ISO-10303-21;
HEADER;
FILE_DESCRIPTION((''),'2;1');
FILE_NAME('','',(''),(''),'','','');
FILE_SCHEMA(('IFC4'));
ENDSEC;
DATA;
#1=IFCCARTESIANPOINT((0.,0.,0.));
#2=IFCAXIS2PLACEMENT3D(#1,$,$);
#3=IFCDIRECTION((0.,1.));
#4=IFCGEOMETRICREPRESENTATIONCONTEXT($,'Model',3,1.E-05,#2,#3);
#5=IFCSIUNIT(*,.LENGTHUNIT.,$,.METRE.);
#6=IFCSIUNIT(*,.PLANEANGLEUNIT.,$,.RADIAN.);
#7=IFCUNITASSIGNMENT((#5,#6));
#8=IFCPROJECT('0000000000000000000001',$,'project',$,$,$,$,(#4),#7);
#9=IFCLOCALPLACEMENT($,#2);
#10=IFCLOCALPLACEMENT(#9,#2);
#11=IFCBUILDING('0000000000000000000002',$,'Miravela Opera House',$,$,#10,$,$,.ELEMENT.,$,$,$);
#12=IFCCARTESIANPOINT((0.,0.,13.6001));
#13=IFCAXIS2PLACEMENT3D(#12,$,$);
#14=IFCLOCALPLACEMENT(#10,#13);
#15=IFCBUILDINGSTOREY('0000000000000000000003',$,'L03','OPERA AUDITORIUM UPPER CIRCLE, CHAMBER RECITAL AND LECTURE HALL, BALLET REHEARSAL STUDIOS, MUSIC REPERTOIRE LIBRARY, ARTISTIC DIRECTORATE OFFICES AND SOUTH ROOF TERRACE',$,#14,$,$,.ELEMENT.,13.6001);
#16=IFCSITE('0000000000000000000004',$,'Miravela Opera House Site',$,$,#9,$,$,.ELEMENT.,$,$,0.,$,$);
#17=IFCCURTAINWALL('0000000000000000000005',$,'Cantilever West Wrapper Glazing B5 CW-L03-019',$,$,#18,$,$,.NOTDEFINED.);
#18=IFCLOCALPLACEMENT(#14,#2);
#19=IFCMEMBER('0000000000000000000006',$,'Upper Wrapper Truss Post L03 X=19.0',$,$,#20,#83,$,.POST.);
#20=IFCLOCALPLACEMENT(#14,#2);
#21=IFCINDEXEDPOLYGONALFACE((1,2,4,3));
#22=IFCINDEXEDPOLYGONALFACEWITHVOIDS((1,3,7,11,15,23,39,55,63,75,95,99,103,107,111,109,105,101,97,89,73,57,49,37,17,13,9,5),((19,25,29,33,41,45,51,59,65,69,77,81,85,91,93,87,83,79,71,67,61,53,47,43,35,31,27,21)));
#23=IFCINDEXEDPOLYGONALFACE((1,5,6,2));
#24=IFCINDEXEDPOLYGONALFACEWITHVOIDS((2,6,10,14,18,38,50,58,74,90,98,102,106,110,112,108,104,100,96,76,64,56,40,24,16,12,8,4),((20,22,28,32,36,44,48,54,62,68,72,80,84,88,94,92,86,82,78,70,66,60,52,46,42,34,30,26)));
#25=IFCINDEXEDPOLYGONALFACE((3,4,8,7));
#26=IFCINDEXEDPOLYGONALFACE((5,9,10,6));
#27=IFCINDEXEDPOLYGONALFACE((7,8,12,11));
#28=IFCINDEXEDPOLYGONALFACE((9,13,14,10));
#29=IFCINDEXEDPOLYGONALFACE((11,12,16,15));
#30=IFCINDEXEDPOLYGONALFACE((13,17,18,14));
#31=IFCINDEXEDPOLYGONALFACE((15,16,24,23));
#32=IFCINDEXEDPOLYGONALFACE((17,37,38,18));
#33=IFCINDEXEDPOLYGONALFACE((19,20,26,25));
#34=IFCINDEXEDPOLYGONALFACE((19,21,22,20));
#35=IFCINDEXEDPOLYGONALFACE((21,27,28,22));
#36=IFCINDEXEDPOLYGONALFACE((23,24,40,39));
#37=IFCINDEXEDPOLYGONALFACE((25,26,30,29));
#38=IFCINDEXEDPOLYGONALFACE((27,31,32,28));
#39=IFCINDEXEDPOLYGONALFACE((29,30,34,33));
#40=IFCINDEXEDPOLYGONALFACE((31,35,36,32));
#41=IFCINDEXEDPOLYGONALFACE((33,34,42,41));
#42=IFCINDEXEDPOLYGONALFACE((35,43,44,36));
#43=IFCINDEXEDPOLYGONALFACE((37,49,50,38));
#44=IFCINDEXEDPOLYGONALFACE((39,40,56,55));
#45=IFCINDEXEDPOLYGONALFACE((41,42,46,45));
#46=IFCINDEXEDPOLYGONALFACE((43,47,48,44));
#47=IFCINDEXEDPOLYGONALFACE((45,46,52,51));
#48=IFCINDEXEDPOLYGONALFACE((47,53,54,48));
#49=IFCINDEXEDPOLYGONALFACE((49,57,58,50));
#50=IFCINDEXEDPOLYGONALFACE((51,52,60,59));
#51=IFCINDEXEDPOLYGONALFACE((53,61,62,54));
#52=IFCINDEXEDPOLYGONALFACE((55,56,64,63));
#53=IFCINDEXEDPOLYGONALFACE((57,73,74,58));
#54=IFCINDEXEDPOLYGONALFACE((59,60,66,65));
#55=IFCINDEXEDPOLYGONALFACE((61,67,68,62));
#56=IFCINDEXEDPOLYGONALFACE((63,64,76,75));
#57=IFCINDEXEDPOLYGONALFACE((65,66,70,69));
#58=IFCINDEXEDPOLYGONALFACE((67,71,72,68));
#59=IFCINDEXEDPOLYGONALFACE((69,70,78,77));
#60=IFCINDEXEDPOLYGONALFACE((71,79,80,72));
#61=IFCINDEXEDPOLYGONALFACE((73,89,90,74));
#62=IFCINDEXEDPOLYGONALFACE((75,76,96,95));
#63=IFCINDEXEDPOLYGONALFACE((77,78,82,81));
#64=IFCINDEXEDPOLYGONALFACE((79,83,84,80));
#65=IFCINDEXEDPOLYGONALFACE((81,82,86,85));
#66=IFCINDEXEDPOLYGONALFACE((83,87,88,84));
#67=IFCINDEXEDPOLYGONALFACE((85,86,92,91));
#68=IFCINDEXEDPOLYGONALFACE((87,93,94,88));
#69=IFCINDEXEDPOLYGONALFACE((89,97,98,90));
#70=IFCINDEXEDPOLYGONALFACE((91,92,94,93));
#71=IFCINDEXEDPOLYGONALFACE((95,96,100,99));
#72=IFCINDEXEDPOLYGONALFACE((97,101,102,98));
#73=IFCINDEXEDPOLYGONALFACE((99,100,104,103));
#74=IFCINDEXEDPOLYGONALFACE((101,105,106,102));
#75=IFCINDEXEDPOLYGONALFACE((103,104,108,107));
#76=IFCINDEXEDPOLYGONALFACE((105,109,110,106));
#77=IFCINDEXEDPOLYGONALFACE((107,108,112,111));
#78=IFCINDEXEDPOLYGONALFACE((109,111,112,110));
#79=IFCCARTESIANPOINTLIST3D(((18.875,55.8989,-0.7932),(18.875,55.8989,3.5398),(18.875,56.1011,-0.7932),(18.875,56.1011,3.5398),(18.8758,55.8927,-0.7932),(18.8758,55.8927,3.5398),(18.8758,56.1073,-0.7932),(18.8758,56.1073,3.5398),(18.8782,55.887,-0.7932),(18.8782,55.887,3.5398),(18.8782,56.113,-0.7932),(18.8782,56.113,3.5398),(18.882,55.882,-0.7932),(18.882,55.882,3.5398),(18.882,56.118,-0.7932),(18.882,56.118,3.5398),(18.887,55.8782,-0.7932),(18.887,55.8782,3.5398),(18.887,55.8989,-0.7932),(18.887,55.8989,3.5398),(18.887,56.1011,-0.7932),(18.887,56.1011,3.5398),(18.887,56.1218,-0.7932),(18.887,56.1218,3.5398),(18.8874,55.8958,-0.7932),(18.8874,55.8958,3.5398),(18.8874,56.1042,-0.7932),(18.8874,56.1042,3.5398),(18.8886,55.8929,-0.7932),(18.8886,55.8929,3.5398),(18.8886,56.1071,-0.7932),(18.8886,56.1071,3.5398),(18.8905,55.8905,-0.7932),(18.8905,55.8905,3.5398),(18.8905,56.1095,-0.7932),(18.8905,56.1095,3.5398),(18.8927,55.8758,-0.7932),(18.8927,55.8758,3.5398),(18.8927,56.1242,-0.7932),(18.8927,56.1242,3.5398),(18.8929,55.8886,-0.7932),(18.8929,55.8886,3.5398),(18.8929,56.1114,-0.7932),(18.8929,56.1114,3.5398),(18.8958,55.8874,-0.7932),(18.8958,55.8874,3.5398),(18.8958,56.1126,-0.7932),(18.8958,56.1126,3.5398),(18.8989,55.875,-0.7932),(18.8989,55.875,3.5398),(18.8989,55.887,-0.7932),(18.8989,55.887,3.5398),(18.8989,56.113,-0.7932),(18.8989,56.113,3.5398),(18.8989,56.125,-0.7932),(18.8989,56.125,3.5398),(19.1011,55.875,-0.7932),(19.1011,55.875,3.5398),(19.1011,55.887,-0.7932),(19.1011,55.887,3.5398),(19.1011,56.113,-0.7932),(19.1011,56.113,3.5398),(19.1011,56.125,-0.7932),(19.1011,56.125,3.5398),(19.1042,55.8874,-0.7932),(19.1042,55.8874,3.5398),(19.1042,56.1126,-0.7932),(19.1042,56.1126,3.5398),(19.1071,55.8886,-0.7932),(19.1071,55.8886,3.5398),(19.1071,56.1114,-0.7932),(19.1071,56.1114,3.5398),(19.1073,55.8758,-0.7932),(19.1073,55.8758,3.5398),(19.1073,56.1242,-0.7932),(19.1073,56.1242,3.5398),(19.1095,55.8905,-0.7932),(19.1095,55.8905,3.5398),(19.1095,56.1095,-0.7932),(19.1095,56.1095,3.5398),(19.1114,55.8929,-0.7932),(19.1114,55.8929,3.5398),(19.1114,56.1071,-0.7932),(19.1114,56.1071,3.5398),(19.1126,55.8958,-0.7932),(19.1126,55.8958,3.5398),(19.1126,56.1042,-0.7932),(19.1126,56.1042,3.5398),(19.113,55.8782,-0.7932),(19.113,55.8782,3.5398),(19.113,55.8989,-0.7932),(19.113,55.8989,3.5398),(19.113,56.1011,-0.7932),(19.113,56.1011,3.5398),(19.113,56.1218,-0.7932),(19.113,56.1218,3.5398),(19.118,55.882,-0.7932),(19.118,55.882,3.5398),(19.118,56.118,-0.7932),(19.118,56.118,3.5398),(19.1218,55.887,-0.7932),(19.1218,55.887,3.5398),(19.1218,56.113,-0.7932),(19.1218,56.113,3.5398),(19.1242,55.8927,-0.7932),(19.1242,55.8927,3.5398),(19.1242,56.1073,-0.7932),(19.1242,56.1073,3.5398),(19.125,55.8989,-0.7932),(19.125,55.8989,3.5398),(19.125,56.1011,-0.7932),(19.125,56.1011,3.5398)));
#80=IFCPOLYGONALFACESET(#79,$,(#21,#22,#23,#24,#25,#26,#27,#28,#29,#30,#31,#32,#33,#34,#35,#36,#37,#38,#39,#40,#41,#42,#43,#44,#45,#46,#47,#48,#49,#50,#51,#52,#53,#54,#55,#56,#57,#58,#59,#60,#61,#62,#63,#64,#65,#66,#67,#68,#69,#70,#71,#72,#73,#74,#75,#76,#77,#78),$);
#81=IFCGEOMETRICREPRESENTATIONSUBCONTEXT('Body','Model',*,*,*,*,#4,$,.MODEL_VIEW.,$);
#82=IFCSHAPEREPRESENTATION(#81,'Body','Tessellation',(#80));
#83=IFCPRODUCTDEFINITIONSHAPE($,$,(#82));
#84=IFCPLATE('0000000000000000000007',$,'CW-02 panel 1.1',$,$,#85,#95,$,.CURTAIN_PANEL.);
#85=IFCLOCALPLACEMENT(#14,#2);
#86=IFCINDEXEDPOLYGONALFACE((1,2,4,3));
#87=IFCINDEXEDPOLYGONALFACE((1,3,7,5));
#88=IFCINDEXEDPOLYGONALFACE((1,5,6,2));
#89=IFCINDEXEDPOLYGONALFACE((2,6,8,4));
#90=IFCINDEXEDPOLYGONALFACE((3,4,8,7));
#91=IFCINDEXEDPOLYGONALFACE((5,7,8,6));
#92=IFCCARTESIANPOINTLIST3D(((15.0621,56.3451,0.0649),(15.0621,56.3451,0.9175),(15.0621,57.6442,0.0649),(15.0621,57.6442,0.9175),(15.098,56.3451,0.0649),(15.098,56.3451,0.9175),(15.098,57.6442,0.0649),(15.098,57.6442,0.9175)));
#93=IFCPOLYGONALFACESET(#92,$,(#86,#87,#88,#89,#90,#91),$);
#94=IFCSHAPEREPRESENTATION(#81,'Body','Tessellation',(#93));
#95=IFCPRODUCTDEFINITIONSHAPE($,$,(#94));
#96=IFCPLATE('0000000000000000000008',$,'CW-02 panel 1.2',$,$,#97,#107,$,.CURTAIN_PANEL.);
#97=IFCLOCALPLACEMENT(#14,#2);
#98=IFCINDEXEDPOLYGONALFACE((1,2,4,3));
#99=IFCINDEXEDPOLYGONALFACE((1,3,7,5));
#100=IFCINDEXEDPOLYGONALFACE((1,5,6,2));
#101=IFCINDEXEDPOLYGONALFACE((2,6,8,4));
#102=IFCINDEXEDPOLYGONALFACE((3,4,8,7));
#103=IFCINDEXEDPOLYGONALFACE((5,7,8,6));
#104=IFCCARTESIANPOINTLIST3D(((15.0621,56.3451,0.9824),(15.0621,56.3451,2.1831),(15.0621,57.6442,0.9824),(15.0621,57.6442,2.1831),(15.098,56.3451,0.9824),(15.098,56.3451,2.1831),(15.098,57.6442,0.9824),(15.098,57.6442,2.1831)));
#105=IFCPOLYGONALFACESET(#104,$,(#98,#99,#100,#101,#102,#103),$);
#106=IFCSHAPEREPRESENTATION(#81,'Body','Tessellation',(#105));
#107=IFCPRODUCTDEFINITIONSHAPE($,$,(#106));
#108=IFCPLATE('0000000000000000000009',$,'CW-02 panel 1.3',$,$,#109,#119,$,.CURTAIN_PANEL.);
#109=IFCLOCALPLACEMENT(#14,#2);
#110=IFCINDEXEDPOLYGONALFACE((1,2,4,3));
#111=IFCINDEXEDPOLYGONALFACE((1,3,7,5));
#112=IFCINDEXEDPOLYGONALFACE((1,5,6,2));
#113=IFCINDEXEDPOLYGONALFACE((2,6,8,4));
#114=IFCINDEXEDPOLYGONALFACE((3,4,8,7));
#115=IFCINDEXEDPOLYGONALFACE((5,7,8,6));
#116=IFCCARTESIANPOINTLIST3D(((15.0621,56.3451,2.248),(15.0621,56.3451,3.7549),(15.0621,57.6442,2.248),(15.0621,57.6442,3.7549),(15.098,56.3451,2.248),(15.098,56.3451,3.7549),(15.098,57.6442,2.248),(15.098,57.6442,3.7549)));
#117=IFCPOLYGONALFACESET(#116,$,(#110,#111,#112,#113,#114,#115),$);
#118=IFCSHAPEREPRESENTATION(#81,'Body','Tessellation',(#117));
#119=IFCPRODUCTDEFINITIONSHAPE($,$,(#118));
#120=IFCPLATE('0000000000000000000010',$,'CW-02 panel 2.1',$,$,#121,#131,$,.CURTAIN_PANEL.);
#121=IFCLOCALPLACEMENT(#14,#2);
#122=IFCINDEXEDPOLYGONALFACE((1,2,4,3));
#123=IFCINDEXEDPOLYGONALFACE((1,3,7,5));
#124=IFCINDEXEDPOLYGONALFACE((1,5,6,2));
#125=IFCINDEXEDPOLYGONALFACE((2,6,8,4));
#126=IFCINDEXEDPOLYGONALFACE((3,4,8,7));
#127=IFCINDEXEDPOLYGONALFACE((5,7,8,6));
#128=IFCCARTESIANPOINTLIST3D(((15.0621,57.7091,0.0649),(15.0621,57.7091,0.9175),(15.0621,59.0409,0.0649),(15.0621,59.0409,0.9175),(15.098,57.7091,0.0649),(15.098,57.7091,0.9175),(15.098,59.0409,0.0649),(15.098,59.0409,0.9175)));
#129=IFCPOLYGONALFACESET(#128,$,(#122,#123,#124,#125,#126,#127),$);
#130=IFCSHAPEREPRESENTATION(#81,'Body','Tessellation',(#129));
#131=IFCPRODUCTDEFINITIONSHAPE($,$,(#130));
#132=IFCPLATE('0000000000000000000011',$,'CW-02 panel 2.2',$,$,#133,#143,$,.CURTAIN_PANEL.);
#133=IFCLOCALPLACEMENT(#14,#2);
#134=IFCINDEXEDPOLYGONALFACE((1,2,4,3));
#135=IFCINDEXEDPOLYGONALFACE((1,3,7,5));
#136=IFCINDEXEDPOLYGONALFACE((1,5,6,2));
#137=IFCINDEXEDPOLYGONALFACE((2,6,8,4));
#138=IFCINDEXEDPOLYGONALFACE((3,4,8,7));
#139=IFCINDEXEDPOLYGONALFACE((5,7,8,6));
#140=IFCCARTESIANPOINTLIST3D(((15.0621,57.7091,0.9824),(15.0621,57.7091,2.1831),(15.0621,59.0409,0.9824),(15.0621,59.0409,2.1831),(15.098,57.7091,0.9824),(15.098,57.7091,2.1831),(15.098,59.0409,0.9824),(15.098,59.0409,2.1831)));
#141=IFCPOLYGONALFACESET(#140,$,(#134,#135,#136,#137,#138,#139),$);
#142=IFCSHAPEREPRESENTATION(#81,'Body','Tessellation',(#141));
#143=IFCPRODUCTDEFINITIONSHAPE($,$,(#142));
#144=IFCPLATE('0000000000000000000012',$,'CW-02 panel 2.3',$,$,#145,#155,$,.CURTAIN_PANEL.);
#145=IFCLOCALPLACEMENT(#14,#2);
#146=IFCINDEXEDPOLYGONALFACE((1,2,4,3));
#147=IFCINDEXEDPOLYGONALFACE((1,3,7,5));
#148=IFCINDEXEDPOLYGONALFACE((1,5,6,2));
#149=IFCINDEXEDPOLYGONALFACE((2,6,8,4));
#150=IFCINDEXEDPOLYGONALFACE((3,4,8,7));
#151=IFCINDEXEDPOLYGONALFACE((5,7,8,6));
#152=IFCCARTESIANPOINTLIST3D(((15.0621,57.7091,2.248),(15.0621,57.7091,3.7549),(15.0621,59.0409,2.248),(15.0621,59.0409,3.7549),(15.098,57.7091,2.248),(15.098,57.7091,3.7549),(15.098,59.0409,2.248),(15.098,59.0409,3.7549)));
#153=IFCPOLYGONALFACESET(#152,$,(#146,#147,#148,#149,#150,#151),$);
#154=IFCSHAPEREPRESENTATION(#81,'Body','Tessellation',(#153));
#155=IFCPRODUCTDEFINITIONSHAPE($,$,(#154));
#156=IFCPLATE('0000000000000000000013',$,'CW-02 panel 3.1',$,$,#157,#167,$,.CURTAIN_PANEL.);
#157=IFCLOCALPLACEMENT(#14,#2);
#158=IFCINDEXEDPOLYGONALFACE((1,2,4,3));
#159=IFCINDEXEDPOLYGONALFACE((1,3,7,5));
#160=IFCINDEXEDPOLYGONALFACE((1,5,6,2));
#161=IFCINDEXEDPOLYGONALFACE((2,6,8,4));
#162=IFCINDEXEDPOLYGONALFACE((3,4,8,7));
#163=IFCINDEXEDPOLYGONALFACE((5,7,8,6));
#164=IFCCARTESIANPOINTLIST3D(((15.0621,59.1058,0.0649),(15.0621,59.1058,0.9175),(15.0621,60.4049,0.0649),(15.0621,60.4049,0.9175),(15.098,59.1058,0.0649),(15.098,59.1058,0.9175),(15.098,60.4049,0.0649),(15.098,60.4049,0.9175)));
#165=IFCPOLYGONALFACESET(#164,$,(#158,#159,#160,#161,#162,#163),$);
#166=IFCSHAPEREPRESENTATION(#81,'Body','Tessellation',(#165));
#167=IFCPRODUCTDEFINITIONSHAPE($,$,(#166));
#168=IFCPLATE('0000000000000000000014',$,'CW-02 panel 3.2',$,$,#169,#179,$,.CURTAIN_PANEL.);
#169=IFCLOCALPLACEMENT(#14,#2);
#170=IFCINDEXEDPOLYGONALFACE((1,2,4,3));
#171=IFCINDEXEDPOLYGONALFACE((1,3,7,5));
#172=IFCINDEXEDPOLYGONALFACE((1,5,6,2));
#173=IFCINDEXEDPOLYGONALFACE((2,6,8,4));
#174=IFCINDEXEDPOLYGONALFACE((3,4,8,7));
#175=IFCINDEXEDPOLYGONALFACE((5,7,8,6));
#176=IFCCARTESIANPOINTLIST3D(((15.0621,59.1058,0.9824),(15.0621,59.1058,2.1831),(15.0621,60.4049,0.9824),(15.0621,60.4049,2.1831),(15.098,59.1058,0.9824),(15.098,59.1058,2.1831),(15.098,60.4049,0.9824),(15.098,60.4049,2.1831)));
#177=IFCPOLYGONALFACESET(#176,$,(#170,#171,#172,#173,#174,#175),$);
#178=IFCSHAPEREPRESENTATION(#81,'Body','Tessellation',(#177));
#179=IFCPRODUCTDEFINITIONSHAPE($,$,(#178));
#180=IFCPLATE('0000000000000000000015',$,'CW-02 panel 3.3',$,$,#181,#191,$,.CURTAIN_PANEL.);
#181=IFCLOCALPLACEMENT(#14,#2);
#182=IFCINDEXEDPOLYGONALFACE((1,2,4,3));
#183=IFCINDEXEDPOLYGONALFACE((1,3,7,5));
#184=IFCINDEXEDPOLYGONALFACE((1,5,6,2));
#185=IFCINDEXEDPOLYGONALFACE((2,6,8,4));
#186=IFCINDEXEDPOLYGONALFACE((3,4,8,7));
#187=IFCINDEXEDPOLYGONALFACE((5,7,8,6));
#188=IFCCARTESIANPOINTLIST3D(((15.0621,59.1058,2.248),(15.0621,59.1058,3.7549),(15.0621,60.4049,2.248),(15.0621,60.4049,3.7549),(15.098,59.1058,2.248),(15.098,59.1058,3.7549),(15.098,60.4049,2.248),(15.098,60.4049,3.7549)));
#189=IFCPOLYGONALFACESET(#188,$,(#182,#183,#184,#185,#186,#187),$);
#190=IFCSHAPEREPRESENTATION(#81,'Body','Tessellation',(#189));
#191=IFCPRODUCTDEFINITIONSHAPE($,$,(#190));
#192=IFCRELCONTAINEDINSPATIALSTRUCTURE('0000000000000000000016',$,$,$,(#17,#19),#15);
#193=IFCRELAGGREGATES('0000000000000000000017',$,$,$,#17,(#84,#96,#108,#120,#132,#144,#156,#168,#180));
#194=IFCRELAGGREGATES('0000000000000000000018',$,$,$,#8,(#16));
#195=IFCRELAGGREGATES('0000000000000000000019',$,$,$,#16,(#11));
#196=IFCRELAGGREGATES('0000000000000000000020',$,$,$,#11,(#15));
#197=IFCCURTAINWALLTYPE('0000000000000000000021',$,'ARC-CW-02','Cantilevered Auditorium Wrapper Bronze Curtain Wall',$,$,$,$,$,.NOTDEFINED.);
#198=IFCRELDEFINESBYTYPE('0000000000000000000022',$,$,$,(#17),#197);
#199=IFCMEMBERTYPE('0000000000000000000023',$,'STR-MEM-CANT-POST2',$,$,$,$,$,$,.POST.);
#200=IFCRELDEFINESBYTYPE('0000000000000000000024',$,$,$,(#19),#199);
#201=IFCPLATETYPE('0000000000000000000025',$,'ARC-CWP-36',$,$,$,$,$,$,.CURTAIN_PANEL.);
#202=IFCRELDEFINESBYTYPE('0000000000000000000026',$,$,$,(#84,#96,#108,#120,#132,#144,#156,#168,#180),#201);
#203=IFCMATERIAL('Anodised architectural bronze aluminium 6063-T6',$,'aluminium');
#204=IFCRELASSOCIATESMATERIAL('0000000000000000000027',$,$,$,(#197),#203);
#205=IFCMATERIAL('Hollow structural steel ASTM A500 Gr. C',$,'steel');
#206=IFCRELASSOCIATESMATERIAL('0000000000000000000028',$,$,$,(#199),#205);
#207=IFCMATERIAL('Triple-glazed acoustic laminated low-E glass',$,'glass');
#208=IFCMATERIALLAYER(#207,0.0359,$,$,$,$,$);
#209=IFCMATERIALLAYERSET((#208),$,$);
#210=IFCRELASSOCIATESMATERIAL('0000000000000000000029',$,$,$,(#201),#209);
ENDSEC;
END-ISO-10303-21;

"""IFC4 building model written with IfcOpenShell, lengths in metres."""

from ifc_helpers import new_model, si_unit, direction, frame, origin, origin_2d, place, context, subcontext, project, spatial, rectangle, hollow_rectangle, extrude, material, layer, layer_set, material_profile, profile_set, type_object, element, aggregate, save


model = new_model("IFC4")

# Units and contexts
model_context = context("Model", 3, precision=1e-05, world=origin(), true_north=direction((0.0, 1.0)))
body_context = subcontext(model_context, "Body", "Model", "MODEL_VIEW")
ifc_project = project(units=[si_unit("LENGTHUNIT", "METRE"), si_unit("PLANEANGLEUNIT", "RADIAN")], contexts=[model_context])

# Site, building, storey
site_placement = place(None, origin())
site = spatial("IfcSite", under=ifc_project, at=site_placement, Name="Miravela Opera House Site", CompositionType="ELEMENT", RefElevation=0.0)
building_placement = place(site_placement, origin())
building = spatial("IfcBuilding", under=site, at=building_placement, Name="Miravela Opera House", CompositionType="ELEMENT")
storey_placement = place(building_placement, frame((0.0, 0.0, 13.6001)))
storey = spatial("IfcBuildingStorey", under=building, at=storey_placement, Name="L03", Description="OPERA AUDITORIUM UPPER CIRCLE, CHAMBER RECITAL AND LECTURE HALL, BALLET REHEARSAL STUDIOS, MUSIC REPERTOIRE LIBRARY, ARTISTIC DIRECTORATE OFFICES AND SOUTH ROOF TERRACE", CompositionType="ELEMENT", Elevation=13.6001)

# Curtain wall
ifc_material_1 = material(Name="Anodised architectural bronze aluminium 6063-T6", Category="aluminium")
curtain_wall_type = type_object("IfcCurtainWallType", Name="ARC-CW-02", Description="Cantilevered Auditorium Wrapper Bronze Curtain Wall", PredefinedType="NOTDEFINED", material=ifc_material_1)
curtain_wall_1_placement = place(storey_placement, origin())
curtain_wall_1 = element("IfcCurtainWall", 1, at=curtain_wall_1_placement, inside=storey, type_object=curtain_wall_type, Name="Cantilever West Wrapper Glazing B5 CW-L03-019", PredefinedType="NOTDEFINED")

# Member
ifc_material_2 = material(Name="Hollow structural steel ASTM A500 Gr. C", Category="steel")
ifc_material_profile_1 = material_profile(ifc_material_2, hollow_rectangle(XDim=0.25, YDim=0.25, WallThickness=0.012, InnerFilletRadius=0.012, OuterFilletRadius=0.0239, at=origin_2d()), Name="HSS250X250X12")
ifc_profile_set_1 = profile_set([ifc_material_profile_1])
member_type_1 = type_object("IfcMemberType", Name="STR-MEM-CANT-POST2", PredefinedType="POST", material=ifc_profile_set_1)
for number, where, z_axis, x_axis, name in (
    (2, (19.0, 56.0, -0.7932), (0.0, 0.0, 1.0), (1.0, 0.0, 0.0), "Upper Wrapper Truss Post L03 X=19.0"),
):
    element("IfcMember", number, at=place(storey_placement, frame(where, z_axis=z_axis, x_axis=x_axis)), inside=storey, type_object=member_type_1, Name=name, PredefinedType="POST", context=body_context, shape_type="SweptSolid", body=[
        extrude(hollow_rectangle(XDim=0.25, YDim=0.25, WallThickness=0.012, InnerFilletRadius=0.012, OuterFilletRadius=0.0239, at=origin_2d()), origin(), (0.0, 0.0, 1.0), 4.333),
    ])

# Plates
ifc_material_3 = material(Name="Triple-glazed acoustic laminated low-E glass", Category="glass")
ifc_layer = layer(ifc_material_3, 0.0359)
ifc_layer_set = layer_set([ifc_layer])
plate_type = type_object("IfcPlateType", Name="ARC-CWP-36", PredefinedType="CURTAIN_PANEL", material=ifc_layer_set)
plate_1_placement = place(storey_placement, frame((15.0801, 56.9946, 0.0649), z_axis=(0.0, 0.0, 1.0), x_axis=(0.0, 1.0, 0.0)))
plate_1 = element("IfcPlate", 3, at=plate_1_placement, type_object=plate_type, Name="CW-02 panel 1.1", PredefinedType="CURTAIN_PANEL", context=body_context, shape_type="SweptSolid", body=[
    extrude(rectangle(XDim=1.2991, YDim=0.0359, at=origin_2d()), origin(), (0.0, 0.0, 1.0), 0.8525),
])
plate_2_placement = place(storey_placement, frame((15.0801, 56.9946, 0.9824), z_axis=(0.0, 0.0, 1.0), x_axis=(0.0, 1.0, 0.0)))
plate_2 = element("IfcPlate", 4, at=plate_2_placement, type_object=plate_type, Name="CW-02 panel 1.2", PredefinedType="CURTAIN_PANEL", context=body_context, shape_type="SweptSolid", body=[
    extrude(rectangle(XDim=1.2991, YDim=0.0359, at=origin_2d()), origin(), (0.0, 0.0, 1.0), 1.2007),
])
plate_3_placement = place(storey_placement, frame((15.0801, 56.9946, 2.248), z_axis=(0.0, 0.0, 1.0), x_axis=(0.0, 1.0, 0.0)))
plate_3 = element("IfcPlate", 5, at=plate_3_placement, type_object=plate_type, Name="CW-02 panel 1.3", PredefinedType="CURTAIN_PANEL", context=body_context, shape_type="SweptSolid", body=[
    extrude(rectangle(XDim=1.2991, YDim=0.0359, at=origin_2d()), origin(), (0.0, 0.0, 1.0), 1.5068),
])
plate_4_placement = place(storey_placement, frame((15.0801, 58.375, 0.0649), z_axis=(0.0, 0.0, 1.0), x_axis=(0.0, 1.0, 0.0)))
plate_4 = element("IfcPlate", 6, at=plate_4_placement, type_object=plate_type, Name="CW-02 panel 2.1", PredefinedType="CURTAIN_PANEL", context=body_context, shape_type="SweptSolid", body=[
    extrude(rectangle(XDim=1.3318, YDim=0.0359, at=origin_2d()), origin(), (0.0, 0.0, 1.0), 0.8525),
])
plate_5_placement = place(storey_placement, frame((15.0801, 58.375, 0.9824), z_axis=(0.0, 0.0, 1.0), x_axis=(0.0, 1.0, 0.0)))
plate_5 = element("IfcPlate", 7, at=plate_5_placement, type_object=plate_type, Name="CW-02 panel 2.2", PredefinedType="CURTAIN_PANEL", context=body_context, shape_type="SweptSolid", body=[
    extrude(rectangle(XDim=1.3318, YDim=0.0359, at=origin_2d()), origin(), (0.0, 0.0, 1.0), 1.2007),
])
plate_6_placement = place(storey_placement, frame((15.0801, 58.375, 2.248), z_axis=(0.0, 0.0, 1.0), x_axis=(0.0, 1.0, 0.0)))
plate_6 = element("IfcPlate", 8, at=plate_6_placement, type_object=plate_type, Name="CW-02 panel 2.3", PredefinedType="CURTAIN_PANEL", context=body_context, shape_type="SweptSolid", body=[
    extrude(rectangle(XDim=1.3318, YDim=0.0359, at=origin_2d()), origin(), (0.0, 0.0, 1.0), 1.5068),
])
plate_7_placement = place(storey_placement, frame((15.0801, 59.7554, 0.0649), z_axis=(0.0, 0.0, 1.0), x_axis=(0.0, 1.0, 0.0)))
plate_7 = element("IfcPlate", 9, at=plate_7_placement, type_object=plate_type, Name="CW-02 panel 3.1", PredefinedType="CURTAIN_PANEL", context=body_context, shape_type="SweptSolid", body=[
    extrude(rectangle(XDim=1.2991, YDim=0.0359, at=origin_2d()), origin(), (0.0, 0.0, 1.0), 0.8525),
])
plate_8_placement = place(storey_placement, frame((15.0801, 59.7554, 0.9824), z_axis=(0.0, 0.0, 1.0), x_axis=(0.0, 1.0, 0.0)))
plate_8 = element("IfcPlate", 10, at=plate_8_placement, type_object=plate_type, Name="CW-02 panel 3.2", PredefinedType="CURTAIN_PANEL", context=body_context, shape_type="SweptSolid", body=[
    extrude(rectangle(XDim=1.2991, YDim=0.0359, at=origin_2d()), origin(), (0.0, 0.0, 1.0), 1.2007),
])
plate_9_placement = place(storey_placement, frame((15.0801, 59.7554, 2.248), z_axis=(0.0, 0.0, 1.0), x_axis=(0.0, 1.0, 0.0)))
plate_9 = element("IfcPlate", 11, at=plate_9_placement, type_object=plate_type, Name="CW-02 panel 3.3", PredefinedType="CURTAIN_PANEL", context=body_context, shape_type="SweptSolid", body=[
    extrude(rectangle(XDim=1.2991, YDim=0.0359, at=origin_2d()), origin(), (0.0, 0.0, 1.0), 1.5068),
])
aggregate(curtain_wall_1, [plate_1, plate_2, plate_3, plate_4, plate_5, plate_6, plate_7, plate_8, plate_9])

save(model, "model.ifc")
